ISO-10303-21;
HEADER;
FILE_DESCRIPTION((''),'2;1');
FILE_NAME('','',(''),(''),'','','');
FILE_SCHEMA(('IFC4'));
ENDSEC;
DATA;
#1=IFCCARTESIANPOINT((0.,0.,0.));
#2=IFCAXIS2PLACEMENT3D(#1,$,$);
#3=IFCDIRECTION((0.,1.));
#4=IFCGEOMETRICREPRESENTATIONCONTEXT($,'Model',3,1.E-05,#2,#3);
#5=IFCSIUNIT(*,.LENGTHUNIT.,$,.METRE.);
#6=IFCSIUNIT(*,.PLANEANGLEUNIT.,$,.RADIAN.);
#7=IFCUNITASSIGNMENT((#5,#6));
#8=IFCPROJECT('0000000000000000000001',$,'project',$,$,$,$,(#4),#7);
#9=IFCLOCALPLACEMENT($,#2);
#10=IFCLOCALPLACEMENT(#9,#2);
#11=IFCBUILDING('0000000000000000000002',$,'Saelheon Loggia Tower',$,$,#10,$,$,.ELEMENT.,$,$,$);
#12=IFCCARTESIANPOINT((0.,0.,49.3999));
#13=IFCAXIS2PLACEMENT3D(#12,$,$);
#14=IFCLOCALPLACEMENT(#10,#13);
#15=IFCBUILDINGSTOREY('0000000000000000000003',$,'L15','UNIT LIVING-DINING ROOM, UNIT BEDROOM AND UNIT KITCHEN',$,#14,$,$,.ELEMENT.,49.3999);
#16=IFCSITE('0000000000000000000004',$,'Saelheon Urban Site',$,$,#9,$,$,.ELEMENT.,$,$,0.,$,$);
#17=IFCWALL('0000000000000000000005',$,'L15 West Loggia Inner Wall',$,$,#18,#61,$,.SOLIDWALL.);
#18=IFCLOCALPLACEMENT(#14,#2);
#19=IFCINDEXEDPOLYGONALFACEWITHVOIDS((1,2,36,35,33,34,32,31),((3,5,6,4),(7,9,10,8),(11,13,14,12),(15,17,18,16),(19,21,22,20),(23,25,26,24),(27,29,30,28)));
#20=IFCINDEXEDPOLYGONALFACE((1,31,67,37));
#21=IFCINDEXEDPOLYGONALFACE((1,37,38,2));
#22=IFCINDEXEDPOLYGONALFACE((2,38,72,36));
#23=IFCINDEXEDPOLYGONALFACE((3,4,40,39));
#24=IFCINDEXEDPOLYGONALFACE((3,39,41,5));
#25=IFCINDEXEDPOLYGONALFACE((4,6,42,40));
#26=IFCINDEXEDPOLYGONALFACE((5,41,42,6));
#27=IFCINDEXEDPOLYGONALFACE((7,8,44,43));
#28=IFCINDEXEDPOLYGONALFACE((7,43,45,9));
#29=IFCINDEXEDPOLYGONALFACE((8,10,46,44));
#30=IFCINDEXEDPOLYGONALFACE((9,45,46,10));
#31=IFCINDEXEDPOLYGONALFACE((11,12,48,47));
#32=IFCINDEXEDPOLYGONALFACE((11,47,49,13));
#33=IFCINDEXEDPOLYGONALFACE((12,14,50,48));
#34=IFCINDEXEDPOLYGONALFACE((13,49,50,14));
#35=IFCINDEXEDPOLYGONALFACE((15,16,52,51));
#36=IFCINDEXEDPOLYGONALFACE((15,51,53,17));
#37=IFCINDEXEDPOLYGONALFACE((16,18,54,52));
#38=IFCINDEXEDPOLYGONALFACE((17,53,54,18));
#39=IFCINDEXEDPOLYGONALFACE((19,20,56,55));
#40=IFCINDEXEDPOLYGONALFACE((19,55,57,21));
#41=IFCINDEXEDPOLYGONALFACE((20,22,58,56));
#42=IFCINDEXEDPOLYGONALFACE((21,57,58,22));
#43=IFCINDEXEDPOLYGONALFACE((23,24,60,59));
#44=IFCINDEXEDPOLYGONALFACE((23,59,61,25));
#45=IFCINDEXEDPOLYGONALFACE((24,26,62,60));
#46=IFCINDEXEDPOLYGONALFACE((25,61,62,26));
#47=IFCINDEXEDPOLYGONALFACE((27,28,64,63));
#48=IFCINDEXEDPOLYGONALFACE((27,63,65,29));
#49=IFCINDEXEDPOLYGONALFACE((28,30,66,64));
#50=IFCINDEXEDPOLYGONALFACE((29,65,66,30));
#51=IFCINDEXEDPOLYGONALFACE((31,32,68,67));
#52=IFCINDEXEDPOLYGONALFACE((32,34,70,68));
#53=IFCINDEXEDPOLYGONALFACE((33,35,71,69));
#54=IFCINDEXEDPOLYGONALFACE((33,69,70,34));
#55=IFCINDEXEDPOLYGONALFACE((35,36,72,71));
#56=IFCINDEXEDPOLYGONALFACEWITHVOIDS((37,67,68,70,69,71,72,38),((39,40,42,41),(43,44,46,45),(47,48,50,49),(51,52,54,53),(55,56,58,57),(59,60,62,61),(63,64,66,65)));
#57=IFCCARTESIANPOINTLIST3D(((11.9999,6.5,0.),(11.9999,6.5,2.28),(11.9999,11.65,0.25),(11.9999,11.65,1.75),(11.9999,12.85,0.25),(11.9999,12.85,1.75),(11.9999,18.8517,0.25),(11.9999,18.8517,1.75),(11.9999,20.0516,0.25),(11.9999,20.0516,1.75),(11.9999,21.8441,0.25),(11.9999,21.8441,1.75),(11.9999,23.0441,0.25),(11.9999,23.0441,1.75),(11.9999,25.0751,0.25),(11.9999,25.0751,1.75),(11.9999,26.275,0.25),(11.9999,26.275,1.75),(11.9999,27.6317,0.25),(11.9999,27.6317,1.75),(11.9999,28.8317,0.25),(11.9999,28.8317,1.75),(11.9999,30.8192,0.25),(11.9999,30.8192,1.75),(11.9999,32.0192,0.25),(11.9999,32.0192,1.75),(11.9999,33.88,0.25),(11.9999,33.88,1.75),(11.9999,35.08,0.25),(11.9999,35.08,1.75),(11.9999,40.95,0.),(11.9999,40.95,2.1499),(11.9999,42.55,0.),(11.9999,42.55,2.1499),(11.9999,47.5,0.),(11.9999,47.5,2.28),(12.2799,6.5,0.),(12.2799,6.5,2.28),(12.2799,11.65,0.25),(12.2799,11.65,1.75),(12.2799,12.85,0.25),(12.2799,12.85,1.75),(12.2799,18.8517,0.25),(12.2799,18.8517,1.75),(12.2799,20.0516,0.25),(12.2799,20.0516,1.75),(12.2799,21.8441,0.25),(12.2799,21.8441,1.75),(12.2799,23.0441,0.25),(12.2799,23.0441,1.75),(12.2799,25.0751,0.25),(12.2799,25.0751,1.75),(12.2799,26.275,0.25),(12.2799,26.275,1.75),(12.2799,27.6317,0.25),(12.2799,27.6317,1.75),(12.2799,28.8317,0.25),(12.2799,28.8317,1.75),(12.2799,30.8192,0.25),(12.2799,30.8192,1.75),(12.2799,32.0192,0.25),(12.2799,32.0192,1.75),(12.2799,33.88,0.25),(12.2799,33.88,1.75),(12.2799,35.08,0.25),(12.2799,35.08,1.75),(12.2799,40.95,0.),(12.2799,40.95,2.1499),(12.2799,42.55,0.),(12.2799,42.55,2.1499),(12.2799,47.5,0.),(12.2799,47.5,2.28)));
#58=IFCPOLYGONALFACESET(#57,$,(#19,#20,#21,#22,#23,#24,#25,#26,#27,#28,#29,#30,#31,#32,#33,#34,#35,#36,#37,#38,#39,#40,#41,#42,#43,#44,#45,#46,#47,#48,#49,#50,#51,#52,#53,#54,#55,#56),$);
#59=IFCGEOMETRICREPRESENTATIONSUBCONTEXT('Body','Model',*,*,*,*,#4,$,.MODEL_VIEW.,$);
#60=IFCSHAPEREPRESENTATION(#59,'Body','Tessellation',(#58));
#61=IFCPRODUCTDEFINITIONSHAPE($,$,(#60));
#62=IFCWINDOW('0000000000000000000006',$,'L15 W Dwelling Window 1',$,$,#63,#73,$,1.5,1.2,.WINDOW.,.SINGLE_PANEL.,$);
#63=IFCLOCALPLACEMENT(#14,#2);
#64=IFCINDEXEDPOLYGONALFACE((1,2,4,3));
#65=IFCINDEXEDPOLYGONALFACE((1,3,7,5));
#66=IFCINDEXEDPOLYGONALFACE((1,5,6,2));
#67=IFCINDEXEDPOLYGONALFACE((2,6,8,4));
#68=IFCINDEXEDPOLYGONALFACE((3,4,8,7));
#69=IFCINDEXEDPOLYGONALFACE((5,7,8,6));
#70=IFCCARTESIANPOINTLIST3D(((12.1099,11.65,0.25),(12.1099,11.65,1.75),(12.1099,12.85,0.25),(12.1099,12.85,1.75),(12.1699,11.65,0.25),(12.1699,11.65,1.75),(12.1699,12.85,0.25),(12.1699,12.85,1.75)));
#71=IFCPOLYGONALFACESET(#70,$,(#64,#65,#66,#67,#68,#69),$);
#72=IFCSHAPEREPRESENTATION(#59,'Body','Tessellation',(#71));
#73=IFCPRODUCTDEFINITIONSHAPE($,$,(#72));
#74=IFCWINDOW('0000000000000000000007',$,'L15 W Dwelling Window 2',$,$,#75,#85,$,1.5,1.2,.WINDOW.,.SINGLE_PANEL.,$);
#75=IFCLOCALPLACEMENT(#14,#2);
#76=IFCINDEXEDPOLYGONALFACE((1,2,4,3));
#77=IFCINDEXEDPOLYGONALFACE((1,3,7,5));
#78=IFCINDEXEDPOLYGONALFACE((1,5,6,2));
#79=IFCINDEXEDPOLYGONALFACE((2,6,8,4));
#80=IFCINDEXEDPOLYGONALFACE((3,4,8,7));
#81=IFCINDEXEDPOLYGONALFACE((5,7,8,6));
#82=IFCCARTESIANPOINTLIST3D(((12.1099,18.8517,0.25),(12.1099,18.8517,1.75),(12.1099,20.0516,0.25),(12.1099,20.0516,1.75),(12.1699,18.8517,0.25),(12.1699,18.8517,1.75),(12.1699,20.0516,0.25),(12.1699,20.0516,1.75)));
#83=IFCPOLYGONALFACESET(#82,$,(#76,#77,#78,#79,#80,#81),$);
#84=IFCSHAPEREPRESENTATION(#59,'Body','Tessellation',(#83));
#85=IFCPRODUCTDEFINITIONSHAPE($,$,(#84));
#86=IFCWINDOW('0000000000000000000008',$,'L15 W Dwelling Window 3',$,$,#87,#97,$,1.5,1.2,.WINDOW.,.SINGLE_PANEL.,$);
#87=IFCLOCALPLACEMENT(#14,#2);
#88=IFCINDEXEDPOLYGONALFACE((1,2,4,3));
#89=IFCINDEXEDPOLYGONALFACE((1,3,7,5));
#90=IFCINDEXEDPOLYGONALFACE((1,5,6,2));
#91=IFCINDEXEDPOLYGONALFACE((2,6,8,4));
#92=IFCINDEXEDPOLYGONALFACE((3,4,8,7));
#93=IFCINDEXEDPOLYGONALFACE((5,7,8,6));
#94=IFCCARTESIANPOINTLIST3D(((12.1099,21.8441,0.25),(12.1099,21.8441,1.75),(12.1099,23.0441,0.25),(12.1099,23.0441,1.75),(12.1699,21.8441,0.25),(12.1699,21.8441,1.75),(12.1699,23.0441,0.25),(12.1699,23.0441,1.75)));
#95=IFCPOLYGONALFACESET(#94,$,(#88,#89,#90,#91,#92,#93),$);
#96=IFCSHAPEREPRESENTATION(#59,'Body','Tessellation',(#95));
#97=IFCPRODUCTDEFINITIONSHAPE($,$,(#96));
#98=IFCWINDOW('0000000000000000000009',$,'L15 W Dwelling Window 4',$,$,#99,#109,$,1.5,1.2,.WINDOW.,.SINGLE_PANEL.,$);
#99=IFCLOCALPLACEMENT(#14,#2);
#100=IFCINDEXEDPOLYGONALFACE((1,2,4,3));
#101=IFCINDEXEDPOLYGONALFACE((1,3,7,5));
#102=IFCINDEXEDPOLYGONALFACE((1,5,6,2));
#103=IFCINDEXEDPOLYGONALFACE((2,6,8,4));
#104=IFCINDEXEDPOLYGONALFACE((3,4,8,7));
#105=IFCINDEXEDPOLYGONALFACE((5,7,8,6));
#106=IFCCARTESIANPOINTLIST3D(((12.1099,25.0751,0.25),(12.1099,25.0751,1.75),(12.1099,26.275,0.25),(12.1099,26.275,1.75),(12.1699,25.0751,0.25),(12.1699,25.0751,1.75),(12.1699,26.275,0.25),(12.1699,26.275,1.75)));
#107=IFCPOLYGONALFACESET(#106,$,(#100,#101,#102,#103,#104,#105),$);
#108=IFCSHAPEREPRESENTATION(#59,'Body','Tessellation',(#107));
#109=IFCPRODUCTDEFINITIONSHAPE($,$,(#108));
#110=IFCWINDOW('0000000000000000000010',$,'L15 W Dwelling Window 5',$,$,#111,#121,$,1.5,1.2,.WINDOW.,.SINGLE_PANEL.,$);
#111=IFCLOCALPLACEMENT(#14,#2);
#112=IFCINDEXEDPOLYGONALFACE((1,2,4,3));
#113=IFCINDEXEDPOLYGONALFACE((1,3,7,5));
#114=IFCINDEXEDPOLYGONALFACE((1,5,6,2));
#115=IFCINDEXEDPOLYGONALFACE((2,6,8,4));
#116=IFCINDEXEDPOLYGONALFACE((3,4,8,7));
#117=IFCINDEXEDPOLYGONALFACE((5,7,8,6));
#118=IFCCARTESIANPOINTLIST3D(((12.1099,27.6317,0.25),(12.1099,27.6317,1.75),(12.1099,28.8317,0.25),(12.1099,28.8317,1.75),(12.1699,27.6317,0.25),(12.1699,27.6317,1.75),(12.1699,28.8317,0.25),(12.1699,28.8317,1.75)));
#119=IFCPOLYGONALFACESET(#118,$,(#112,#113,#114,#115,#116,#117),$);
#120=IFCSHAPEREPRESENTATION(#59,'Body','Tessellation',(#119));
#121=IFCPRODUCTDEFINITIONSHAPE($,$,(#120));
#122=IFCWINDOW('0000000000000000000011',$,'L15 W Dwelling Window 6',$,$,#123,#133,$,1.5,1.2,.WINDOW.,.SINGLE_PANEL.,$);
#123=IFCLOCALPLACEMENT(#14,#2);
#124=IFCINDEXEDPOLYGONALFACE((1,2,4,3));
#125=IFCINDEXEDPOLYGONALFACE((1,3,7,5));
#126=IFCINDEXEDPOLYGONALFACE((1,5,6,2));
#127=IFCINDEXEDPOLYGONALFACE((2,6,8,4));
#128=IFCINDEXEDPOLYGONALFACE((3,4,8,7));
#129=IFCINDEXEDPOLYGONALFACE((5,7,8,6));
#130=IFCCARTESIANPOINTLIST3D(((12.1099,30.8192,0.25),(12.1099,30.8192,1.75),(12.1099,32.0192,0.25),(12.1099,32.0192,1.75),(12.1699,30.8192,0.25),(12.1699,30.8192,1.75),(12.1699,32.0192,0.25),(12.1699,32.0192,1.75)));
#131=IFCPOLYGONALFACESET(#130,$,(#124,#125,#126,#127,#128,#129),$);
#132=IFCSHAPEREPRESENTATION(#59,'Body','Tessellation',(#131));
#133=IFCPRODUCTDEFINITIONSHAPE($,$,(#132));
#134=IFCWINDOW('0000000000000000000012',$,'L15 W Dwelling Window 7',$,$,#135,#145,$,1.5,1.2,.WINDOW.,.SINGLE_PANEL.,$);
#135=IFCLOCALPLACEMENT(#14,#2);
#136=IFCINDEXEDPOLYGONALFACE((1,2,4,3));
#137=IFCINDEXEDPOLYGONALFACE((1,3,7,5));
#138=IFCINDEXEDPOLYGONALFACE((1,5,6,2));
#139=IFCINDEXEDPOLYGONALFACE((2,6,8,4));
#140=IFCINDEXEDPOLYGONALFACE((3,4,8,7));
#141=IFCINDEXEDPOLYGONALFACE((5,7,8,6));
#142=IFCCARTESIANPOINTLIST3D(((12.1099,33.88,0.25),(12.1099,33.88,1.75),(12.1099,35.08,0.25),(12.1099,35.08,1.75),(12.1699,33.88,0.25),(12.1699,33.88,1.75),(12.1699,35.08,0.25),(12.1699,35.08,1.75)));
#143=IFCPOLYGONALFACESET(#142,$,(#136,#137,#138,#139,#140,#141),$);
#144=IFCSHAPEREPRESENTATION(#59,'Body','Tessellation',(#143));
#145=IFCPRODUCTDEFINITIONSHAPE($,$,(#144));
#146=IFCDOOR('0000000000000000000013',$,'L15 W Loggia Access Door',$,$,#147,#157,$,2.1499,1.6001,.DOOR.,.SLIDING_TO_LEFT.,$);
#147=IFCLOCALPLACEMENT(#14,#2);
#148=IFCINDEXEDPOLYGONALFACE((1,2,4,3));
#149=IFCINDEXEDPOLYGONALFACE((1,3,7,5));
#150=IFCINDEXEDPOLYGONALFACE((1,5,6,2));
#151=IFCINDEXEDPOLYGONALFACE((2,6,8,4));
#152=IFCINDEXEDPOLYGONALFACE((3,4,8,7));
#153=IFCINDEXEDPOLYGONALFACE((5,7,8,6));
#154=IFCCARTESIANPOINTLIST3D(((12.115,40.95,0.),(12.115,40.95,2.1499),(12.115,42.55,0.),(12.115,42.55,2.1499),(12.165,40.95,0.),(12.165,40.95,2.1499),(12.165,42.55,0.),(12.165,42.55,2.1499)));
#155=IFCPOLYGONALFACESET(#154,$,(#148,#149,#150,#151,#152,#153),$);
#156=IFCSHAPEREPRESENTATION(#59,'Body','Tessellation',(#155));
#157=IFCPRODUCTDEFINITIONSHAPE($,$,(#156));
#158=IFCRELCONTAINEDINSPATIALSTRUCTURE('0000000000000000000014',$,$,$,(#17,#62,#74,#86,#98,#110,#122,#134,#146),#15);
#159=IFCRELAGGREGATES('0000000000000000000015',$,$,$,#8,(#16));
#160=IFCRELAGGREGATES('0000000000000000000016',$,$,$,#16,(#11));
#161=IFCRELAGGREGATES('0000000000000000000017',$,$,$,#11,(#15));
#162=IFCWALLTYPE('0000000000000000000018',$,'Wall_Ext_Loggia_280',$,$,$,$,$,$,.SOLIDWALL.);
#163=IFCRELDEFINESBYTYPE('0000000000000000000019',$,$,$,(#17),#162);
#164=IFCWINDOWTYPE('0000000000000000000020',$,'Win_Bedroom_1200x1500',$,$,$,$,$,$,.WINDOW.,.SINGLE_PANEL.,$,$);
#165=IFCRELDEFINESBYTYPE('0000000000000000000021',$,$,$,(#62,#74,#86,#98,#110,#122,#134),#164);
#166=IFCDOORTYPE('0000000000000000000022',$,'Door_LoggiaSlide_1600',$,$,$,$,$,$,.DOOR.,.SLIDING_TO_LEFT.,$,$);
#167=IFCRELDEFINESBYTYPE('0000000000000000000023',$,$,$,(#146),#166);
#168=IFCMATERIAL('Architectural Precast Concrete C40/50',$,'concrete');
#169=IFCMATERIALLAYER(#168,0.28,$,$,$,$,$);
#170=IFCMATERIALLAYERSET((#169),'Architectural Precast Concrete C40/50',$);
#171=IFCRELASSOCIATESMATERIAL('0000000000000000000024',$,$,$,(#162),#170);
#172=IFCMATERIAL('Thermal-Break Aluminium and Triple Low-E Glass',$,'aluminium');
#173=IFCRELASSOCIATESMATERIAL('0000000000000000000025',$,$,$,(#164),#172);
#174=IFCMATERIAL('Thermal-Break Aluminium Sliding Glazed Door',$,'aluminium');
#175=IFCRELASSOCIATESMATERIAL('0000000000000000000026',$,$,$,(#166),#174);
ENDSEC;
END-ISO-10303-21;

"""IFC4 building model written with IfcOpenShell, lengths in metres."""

from ifc_helpers import new_model, si_unit, direction, frame, frame_2d, origin, place, context, subcontext, project, spatial, rectangle, extrude, source, transform, mapped, material, layer, layer_set, type_object, element, fill, save


model = new_model("IFC4")

# Units and contexts
model_context = context("Model", 3, precision=1e-05, world=origin(), true_north=direction((0.0, 1.0)))
body_context = subcontext(model_context, "Body", "Model", "MODEL_VIEW")
ifc_project = project(units=[si_unit("LENGTHUNIT", "METRE"), si_unit("PLANEANGLEUNIT", "RADIAN")], contexts=[model_context])

# Site, building, storey
site_placement = place(None, origin())
site = spatial("IfcSite", under=ifc_project, at=site_placement, Name="Saelheon Urban Site", CompositionType="ELEMENT", RefElevation=0.0)
building_placement = place(site_placement, origin())
building = spatial("IfcBuilding", under=site, at=building_placement, Name="Saelheon Loggia Tower", CompositionType="ELEMENT")
storey_placement = place(building_placement, frame((0.0, 0.0, 49.3999)))
storey = spatial("IfcBuildingStorey", under=building, at=storey_placement, Name="L15", Description="UNIT LIVING-DINING ROOM, UNIT BEDROOM AND UNIT KITCHEN", CompositionType="ELEMENT", Elevation=49.3999)

# Wall, openings, windows, door
ifc_material_1 = material(Name="Architectural Precast Concrete C40/50", Category="concrete")
ifc_layer = layer(ifc_material_1, 0.28)
ifc_layer_set = layer_set([ifc_layer], Name="Architectural Precast Concrete C40/50")
wall_type = type_object("IfcWallType", Name="Wall_Ext_Loggia_280", PredefinedType="SOLIDWALL", material=ifc_layer_set)
wall_1_placement = place(storey_placement, frame((12.1399, 6.5, 0.0), z_axis=(0.0, 0.0, 1.0), x_axis=(0.0, 1.0, 0.0)))
wall_1 = element("IfcWall", 1, at=wall_1_placement, inside=storey, type_object=wall_type, Name="L15 West Loggia Inner Wall", PredefinedType="SOLIDWALL", context=body_context, shape_type="SweptSolid", body=[
    extrude(rectangle(XDim=41.0, YDim=0.28, at=frame_2d((20.5, 0.0))), origin(), (0.0, 0.0, 1.0), 2.28),
])
opening_1_placement = place(wall_1_placement, frame((5.1499, 0.0, 0.25)))
opening_1 = element("IfcOpeningElement", 2, at=opening_1_placement, cuts=wall_1, PredefinedType="OPENING", context=body_context, shape_type="SweptSolid", body=[
    extrude(rectangle(XDim=1.2, YDim=1.5, at=frame_2d((0.6001, 0.75))), frame((0.0, 0.1521, 0.0), z_axis=(0.0, -1.0, 0.0), x_axis=(1.0, 0.0, 0.0)), (0.0, 0.0, 1.0), 0.304),
])
opening_2_placement = place(wall_1_placement, frame((12.3516, 0.0, 0.25)))
opening_2 = element("IfcOpeningElement", 3, at=opening_2_placement, cuts=wall_1, PredefinedType="OPENING", context=body_context, shape_type="SweptSolid", body=[
    extrude(rectangle(XDim=1.2, YDim=1.5, at=frame_2d((0.6001, 0.75))), frame((0.0, 0.1521, 0.0), z_axis=(0.0, -1.0, 0.0), x_axis=(1.0, 0.0, 0.0)), (0.0, 0.0, 1.0), 0.304),
])
opening_3_placement = place(wall_1_placement, frame((15.344, 0.0, 0.25)))
opening_3 = element("IfcOpeningElement", 4, at=opening_3_placement, cuts=wall_1, PredefinedType="OPENING", context=body_context, shape_type="SweptSolid", body=[
    extrude(rectangle(XDim=1.2, YDim=1.5, at=frame_2d((0.6001, 0.75))), frame((0.0, 0.1521, 0.0), z_axis=(0.0, -1.0, 0.0), x_axis=(1.0, 0.0, 0.0)), (0.0, 0.0, 1.0), 0.304),
])
opening_4_placement = place(wall_1_placement, frame((18.575, 0.0, 0.25)))
opening_4 = element("IfcOpeningElement", 5, at=opening_4_placement, cuts=wall_1, PredefinedType="OPENING", context=body_context, shape_type="SweptSolid", body=[
    extrude(rectangle(XDim=1.2, YDim=1.5, at=frame_2d((0.6001, 0.75))), frame((0.0, 0.1521, 0.0), z_axis=(0.0, -1.0, 0.0), x_axis=(1.0, 0.0, 0.0)), (0.0, 0.0, 1.0), 0.304),
])
opening_5_placement = place(wall_1_placement, frame((21.1316, 0.0, 0.25)))
opening_5 = element("IfcOpeningElement", 6, at=opening_5_placement, cuts=wall_1, PredefinedType="OPENING", context=body_context, shape_type="SweptSolid", body=[
    extrude(rectangle(XDim=1.2, YDim=1.5, at=frame_2d((0.6001, 0.75))), frame((0.0, 0.1521, 0.0), z_axis=(0.0, -1.0, 0.0), x_axis=(1.0, 0.0, 0.0)), (0.0, 0.0, 1.0), 0.304),
])
opening_6_placement = place(wall_1_placement, frame((24.3191, 0.0, 0.25)))
opening_6 = element("IfcOpeningElement", 7, at=opening_6_placement, cuts=wall_1, PredefinedType="OPENING", context=body_context, shape_type="SweptSolid", body=[
    extrude(rectangle(XDim=1.2, YDim=1.5, at=frame_2d((0.6001, 0.75))), frame((0.0, 0.1521, 0.0), z_axis=(0.0, -1.0, 0.0), x_axis=(1.0, 0.0, 0.0)), (0.0, 0.0, 1.0), 0.304),
])
opening_7_placement = place(wall_1_placement, frame((27.3799, 0.0, 0.25)))
opening_7 = element("IfcOpeningElement", 8, at=opening_7_placement, cuts=wall_1, PredefinedType="OPENING", context=body_context, shape_type="SweptSolid", body=[
    extrude(rectangle(XDim=1.2, YDim=1.5, at=frame_2d((0.6001, 0.75))), frame((0.0, 0.1521, 0.0), z_axis=(0.0, -1.0, 0.0), x_axis=(1.0, 0.0, 0.0)), (0.0, 0.0, 1.0), 0.304),
])
opening_8_placement = place(wall_1_placement, frame((34.45, 0.0, 0.0)))
opening_8 = element("IfcOpeningElement", 9, at=opening_8_placement, cuts=wall_1, PredefinedType="OPENING", context=body_context, shape_type="SweptSolid", body=[
    extrude(rectangle(XDim=1.6001, YDim=2.1499, at=frame_2d((0.8, 1.075))), frame((0.0, 0.1521, 0.0), z_axis=(0.0, -1.0, 0.0), x_axis=(1.0, 0.0, 0.0)), (0.0, 0.0, 1.0), 0.304),
])
ifc_material_2 = material(Name="Thermal-Break Aluminium and Triple Low-E Glass", Category="aluminium")
window_type = type_object("IfcWindowType", Name="Win_Bedroom_1200x1500", PartitioningType="SINGLE_PANEL", PredefinedType="WINDOW", material=ifc_material_2)
shared_shape_1 = source(origin(), body_context, "Body", "SweptSolid", [
    extrude(rectangle(XDim=1.2, YDim=1.5, at=frame_2d((0.6001, 0.75))), frame((0.0, 0.03, 0.0), z_axis=(0.0, -1.0, 0.0), x_axis=(1.0, 0.0, 0.0)), (0.0, 0.0, 1.0), 0.0601),
])
window_1_placement = place(opening_1_placement, origin())
window_1 = element("IfcWindow", 10, at=window_1_placement, inside=storey, type_object=window_type, Name="L15 W Dwelling Window 1", OverallHeight=1.5, OverallWidth=1.2, PartitioningType="SINGLE_PANEL", PredefinedType="WINDOW", context=body_context, shape_type="MappedRepresentation", body=[
    mapped(shared_shape_1, transform((0.0, 0.0, 0.0), scale=1.0)),
])
fill(opening_1, window_1)
window_2_placement = place(opening_2_placement, origin())
window_2 = element("IfcWindow", 11, at=window_2_placement, inside=storey, type_object=window_type, Name="L15 W Dwelling Window 2", OverallHeight=1.5, OverallWidth=1.2, PartitioningType="SINGLE_PANEL", PredefinedType="WINDOW", context=body_context, shape_type="MappedRepresentation", body=[
    mapped(shared_shape_1, transform((0.0, 0.0, 0.0), scale=1.0)),
])
fill(opening_2, window_2)
window_3_placement = place(opening_3_placement, origin())
window_3 = element("IfcWindow", 12, at=window_3_placement, inside=storey, type_object=window_type, Name="L15 W Dwelling Window 3", OverallHeight=1.5, OverallWidth=1.2, PartitioningType="SINGLE_PANEL", PredefinedType="WINDOW", context=body_context, shape_type="MappedRepresentation", body=[
    mapped(shared_shape_1, transform((0.0, 0.0, 0.0), scale=1.0)),
])
fill(opening_3, window_3)
window_4_placement = place(opening_4_placement, origin())
window_4 = element("IfcWindow", 13, at=window_4_placement, inside=storey, type_object=window_type, Name="L15 W Dwelling Window 4", OverallHeight=1.5, OverallWidth=1.2, PartitioningType="SINGLE_PANEL", PredefinedType="WINDOW", context=body_context, shape_type="MappedRepresentation", body=[
    mapped(shared_shape_1, transform((0.0, 0.0, 0.0), scale=1.0)),
])
fill(opening_4, window_4)
window_5_placement = place(opening_5_placement, origin())
window_5 = element("IfcWindow", 14, at=window_5_placement, inside=storey, type_object=window_type, Name="L15 W Dwelling Window 5", OverallHeight=1.5, OverallWidth=1.2, PartitioningType="SINGLE_PANEL", PredefinedType="WINDOW", context=body_context, shape_type="MappedRepresentation", body=[
    mapped(shared_shape_1, transform((0.0, 0.0, 0.0), scale=1.0)),
])
fill(opening_5, window_5)
window_6_placement = place(opening_6_placement, origin())
window_6 = element("IfcWindow", 15, at=window_6_placement, inside=storey, type_object=window_type, Name="L15 W Dwelling Window 6", OverallHeight=1.5, OverallWidth=1.2, PartitioningType="SINGLE_PANEL", PredefinedType="WINDOW", context=body_context, shape_type="MappedRepresentation", body=[
    mapped(shared_shape_1, transform((0.0, 0.0, 0.0), scale=1.0)),
])
fill(opening_6, window_6)
window_7_placement = place(opening_7_placement, origin())
window_7 = element("IfcWindow", 16, at=window_7_placement, inside=storey, type_object=window_type, Name="L15 W Dwelling Window 7", OverallHeight=1.5, OverallWidth=1.2, PartitioningType="SINGLE_PANEL", PredefinedType="WINDOW", context=body_context, shape_type="MappedRepresentation", body=[
    mapped(shared_shape_1, transform((0.0, 0.0, 0.0), scale=1.0)),
])
fill(opening_7, window_7)
ifc_material_3 = material(Name="Thermal-Break Aluminium Sliding Glazed Door", Category="aluminium")
door_type = type_object("IfcDoorType", Name="Door_LoggiaSlide_1600", OperationType="SLIDING_TO_LEFT", PredefinedType="DOOR", material=ifc_material_3)
shared_shape_2 = source(origin(), body_context, "Body", "SweptSolid", [
    extrude(rectangle(XDim=1.6001, YDim=2.1499, at=frame_2d((0.8, 1.075))), frame((0.0, 0.0249, 0.0), z_axis=(0.0, -1.0, 0.0), x_axis=(1.0, 0.0, 0.0)), (0.0, 0.0, 1.0), 0.05),
])
door_placement = place(opening_8_placement, origin())
door = element("IfcDoor", 17, at=door_placement, inside=storey, type_object=door_type, Name="L15 W Loggia Access Door", OperationType="SLIDING_TO_LEFT", OverallHeight=2.1499, OverallWidth=1.6001, PredefinedType="DOOR", context=body_context, shape_type="MappedRepresentation", body=[
    mapped(shared_shape_2, transform((0.0, 0.0, 0.0), scale=1.0)),
])
fill(opening_8, door)

save(model, "model.ifc")
